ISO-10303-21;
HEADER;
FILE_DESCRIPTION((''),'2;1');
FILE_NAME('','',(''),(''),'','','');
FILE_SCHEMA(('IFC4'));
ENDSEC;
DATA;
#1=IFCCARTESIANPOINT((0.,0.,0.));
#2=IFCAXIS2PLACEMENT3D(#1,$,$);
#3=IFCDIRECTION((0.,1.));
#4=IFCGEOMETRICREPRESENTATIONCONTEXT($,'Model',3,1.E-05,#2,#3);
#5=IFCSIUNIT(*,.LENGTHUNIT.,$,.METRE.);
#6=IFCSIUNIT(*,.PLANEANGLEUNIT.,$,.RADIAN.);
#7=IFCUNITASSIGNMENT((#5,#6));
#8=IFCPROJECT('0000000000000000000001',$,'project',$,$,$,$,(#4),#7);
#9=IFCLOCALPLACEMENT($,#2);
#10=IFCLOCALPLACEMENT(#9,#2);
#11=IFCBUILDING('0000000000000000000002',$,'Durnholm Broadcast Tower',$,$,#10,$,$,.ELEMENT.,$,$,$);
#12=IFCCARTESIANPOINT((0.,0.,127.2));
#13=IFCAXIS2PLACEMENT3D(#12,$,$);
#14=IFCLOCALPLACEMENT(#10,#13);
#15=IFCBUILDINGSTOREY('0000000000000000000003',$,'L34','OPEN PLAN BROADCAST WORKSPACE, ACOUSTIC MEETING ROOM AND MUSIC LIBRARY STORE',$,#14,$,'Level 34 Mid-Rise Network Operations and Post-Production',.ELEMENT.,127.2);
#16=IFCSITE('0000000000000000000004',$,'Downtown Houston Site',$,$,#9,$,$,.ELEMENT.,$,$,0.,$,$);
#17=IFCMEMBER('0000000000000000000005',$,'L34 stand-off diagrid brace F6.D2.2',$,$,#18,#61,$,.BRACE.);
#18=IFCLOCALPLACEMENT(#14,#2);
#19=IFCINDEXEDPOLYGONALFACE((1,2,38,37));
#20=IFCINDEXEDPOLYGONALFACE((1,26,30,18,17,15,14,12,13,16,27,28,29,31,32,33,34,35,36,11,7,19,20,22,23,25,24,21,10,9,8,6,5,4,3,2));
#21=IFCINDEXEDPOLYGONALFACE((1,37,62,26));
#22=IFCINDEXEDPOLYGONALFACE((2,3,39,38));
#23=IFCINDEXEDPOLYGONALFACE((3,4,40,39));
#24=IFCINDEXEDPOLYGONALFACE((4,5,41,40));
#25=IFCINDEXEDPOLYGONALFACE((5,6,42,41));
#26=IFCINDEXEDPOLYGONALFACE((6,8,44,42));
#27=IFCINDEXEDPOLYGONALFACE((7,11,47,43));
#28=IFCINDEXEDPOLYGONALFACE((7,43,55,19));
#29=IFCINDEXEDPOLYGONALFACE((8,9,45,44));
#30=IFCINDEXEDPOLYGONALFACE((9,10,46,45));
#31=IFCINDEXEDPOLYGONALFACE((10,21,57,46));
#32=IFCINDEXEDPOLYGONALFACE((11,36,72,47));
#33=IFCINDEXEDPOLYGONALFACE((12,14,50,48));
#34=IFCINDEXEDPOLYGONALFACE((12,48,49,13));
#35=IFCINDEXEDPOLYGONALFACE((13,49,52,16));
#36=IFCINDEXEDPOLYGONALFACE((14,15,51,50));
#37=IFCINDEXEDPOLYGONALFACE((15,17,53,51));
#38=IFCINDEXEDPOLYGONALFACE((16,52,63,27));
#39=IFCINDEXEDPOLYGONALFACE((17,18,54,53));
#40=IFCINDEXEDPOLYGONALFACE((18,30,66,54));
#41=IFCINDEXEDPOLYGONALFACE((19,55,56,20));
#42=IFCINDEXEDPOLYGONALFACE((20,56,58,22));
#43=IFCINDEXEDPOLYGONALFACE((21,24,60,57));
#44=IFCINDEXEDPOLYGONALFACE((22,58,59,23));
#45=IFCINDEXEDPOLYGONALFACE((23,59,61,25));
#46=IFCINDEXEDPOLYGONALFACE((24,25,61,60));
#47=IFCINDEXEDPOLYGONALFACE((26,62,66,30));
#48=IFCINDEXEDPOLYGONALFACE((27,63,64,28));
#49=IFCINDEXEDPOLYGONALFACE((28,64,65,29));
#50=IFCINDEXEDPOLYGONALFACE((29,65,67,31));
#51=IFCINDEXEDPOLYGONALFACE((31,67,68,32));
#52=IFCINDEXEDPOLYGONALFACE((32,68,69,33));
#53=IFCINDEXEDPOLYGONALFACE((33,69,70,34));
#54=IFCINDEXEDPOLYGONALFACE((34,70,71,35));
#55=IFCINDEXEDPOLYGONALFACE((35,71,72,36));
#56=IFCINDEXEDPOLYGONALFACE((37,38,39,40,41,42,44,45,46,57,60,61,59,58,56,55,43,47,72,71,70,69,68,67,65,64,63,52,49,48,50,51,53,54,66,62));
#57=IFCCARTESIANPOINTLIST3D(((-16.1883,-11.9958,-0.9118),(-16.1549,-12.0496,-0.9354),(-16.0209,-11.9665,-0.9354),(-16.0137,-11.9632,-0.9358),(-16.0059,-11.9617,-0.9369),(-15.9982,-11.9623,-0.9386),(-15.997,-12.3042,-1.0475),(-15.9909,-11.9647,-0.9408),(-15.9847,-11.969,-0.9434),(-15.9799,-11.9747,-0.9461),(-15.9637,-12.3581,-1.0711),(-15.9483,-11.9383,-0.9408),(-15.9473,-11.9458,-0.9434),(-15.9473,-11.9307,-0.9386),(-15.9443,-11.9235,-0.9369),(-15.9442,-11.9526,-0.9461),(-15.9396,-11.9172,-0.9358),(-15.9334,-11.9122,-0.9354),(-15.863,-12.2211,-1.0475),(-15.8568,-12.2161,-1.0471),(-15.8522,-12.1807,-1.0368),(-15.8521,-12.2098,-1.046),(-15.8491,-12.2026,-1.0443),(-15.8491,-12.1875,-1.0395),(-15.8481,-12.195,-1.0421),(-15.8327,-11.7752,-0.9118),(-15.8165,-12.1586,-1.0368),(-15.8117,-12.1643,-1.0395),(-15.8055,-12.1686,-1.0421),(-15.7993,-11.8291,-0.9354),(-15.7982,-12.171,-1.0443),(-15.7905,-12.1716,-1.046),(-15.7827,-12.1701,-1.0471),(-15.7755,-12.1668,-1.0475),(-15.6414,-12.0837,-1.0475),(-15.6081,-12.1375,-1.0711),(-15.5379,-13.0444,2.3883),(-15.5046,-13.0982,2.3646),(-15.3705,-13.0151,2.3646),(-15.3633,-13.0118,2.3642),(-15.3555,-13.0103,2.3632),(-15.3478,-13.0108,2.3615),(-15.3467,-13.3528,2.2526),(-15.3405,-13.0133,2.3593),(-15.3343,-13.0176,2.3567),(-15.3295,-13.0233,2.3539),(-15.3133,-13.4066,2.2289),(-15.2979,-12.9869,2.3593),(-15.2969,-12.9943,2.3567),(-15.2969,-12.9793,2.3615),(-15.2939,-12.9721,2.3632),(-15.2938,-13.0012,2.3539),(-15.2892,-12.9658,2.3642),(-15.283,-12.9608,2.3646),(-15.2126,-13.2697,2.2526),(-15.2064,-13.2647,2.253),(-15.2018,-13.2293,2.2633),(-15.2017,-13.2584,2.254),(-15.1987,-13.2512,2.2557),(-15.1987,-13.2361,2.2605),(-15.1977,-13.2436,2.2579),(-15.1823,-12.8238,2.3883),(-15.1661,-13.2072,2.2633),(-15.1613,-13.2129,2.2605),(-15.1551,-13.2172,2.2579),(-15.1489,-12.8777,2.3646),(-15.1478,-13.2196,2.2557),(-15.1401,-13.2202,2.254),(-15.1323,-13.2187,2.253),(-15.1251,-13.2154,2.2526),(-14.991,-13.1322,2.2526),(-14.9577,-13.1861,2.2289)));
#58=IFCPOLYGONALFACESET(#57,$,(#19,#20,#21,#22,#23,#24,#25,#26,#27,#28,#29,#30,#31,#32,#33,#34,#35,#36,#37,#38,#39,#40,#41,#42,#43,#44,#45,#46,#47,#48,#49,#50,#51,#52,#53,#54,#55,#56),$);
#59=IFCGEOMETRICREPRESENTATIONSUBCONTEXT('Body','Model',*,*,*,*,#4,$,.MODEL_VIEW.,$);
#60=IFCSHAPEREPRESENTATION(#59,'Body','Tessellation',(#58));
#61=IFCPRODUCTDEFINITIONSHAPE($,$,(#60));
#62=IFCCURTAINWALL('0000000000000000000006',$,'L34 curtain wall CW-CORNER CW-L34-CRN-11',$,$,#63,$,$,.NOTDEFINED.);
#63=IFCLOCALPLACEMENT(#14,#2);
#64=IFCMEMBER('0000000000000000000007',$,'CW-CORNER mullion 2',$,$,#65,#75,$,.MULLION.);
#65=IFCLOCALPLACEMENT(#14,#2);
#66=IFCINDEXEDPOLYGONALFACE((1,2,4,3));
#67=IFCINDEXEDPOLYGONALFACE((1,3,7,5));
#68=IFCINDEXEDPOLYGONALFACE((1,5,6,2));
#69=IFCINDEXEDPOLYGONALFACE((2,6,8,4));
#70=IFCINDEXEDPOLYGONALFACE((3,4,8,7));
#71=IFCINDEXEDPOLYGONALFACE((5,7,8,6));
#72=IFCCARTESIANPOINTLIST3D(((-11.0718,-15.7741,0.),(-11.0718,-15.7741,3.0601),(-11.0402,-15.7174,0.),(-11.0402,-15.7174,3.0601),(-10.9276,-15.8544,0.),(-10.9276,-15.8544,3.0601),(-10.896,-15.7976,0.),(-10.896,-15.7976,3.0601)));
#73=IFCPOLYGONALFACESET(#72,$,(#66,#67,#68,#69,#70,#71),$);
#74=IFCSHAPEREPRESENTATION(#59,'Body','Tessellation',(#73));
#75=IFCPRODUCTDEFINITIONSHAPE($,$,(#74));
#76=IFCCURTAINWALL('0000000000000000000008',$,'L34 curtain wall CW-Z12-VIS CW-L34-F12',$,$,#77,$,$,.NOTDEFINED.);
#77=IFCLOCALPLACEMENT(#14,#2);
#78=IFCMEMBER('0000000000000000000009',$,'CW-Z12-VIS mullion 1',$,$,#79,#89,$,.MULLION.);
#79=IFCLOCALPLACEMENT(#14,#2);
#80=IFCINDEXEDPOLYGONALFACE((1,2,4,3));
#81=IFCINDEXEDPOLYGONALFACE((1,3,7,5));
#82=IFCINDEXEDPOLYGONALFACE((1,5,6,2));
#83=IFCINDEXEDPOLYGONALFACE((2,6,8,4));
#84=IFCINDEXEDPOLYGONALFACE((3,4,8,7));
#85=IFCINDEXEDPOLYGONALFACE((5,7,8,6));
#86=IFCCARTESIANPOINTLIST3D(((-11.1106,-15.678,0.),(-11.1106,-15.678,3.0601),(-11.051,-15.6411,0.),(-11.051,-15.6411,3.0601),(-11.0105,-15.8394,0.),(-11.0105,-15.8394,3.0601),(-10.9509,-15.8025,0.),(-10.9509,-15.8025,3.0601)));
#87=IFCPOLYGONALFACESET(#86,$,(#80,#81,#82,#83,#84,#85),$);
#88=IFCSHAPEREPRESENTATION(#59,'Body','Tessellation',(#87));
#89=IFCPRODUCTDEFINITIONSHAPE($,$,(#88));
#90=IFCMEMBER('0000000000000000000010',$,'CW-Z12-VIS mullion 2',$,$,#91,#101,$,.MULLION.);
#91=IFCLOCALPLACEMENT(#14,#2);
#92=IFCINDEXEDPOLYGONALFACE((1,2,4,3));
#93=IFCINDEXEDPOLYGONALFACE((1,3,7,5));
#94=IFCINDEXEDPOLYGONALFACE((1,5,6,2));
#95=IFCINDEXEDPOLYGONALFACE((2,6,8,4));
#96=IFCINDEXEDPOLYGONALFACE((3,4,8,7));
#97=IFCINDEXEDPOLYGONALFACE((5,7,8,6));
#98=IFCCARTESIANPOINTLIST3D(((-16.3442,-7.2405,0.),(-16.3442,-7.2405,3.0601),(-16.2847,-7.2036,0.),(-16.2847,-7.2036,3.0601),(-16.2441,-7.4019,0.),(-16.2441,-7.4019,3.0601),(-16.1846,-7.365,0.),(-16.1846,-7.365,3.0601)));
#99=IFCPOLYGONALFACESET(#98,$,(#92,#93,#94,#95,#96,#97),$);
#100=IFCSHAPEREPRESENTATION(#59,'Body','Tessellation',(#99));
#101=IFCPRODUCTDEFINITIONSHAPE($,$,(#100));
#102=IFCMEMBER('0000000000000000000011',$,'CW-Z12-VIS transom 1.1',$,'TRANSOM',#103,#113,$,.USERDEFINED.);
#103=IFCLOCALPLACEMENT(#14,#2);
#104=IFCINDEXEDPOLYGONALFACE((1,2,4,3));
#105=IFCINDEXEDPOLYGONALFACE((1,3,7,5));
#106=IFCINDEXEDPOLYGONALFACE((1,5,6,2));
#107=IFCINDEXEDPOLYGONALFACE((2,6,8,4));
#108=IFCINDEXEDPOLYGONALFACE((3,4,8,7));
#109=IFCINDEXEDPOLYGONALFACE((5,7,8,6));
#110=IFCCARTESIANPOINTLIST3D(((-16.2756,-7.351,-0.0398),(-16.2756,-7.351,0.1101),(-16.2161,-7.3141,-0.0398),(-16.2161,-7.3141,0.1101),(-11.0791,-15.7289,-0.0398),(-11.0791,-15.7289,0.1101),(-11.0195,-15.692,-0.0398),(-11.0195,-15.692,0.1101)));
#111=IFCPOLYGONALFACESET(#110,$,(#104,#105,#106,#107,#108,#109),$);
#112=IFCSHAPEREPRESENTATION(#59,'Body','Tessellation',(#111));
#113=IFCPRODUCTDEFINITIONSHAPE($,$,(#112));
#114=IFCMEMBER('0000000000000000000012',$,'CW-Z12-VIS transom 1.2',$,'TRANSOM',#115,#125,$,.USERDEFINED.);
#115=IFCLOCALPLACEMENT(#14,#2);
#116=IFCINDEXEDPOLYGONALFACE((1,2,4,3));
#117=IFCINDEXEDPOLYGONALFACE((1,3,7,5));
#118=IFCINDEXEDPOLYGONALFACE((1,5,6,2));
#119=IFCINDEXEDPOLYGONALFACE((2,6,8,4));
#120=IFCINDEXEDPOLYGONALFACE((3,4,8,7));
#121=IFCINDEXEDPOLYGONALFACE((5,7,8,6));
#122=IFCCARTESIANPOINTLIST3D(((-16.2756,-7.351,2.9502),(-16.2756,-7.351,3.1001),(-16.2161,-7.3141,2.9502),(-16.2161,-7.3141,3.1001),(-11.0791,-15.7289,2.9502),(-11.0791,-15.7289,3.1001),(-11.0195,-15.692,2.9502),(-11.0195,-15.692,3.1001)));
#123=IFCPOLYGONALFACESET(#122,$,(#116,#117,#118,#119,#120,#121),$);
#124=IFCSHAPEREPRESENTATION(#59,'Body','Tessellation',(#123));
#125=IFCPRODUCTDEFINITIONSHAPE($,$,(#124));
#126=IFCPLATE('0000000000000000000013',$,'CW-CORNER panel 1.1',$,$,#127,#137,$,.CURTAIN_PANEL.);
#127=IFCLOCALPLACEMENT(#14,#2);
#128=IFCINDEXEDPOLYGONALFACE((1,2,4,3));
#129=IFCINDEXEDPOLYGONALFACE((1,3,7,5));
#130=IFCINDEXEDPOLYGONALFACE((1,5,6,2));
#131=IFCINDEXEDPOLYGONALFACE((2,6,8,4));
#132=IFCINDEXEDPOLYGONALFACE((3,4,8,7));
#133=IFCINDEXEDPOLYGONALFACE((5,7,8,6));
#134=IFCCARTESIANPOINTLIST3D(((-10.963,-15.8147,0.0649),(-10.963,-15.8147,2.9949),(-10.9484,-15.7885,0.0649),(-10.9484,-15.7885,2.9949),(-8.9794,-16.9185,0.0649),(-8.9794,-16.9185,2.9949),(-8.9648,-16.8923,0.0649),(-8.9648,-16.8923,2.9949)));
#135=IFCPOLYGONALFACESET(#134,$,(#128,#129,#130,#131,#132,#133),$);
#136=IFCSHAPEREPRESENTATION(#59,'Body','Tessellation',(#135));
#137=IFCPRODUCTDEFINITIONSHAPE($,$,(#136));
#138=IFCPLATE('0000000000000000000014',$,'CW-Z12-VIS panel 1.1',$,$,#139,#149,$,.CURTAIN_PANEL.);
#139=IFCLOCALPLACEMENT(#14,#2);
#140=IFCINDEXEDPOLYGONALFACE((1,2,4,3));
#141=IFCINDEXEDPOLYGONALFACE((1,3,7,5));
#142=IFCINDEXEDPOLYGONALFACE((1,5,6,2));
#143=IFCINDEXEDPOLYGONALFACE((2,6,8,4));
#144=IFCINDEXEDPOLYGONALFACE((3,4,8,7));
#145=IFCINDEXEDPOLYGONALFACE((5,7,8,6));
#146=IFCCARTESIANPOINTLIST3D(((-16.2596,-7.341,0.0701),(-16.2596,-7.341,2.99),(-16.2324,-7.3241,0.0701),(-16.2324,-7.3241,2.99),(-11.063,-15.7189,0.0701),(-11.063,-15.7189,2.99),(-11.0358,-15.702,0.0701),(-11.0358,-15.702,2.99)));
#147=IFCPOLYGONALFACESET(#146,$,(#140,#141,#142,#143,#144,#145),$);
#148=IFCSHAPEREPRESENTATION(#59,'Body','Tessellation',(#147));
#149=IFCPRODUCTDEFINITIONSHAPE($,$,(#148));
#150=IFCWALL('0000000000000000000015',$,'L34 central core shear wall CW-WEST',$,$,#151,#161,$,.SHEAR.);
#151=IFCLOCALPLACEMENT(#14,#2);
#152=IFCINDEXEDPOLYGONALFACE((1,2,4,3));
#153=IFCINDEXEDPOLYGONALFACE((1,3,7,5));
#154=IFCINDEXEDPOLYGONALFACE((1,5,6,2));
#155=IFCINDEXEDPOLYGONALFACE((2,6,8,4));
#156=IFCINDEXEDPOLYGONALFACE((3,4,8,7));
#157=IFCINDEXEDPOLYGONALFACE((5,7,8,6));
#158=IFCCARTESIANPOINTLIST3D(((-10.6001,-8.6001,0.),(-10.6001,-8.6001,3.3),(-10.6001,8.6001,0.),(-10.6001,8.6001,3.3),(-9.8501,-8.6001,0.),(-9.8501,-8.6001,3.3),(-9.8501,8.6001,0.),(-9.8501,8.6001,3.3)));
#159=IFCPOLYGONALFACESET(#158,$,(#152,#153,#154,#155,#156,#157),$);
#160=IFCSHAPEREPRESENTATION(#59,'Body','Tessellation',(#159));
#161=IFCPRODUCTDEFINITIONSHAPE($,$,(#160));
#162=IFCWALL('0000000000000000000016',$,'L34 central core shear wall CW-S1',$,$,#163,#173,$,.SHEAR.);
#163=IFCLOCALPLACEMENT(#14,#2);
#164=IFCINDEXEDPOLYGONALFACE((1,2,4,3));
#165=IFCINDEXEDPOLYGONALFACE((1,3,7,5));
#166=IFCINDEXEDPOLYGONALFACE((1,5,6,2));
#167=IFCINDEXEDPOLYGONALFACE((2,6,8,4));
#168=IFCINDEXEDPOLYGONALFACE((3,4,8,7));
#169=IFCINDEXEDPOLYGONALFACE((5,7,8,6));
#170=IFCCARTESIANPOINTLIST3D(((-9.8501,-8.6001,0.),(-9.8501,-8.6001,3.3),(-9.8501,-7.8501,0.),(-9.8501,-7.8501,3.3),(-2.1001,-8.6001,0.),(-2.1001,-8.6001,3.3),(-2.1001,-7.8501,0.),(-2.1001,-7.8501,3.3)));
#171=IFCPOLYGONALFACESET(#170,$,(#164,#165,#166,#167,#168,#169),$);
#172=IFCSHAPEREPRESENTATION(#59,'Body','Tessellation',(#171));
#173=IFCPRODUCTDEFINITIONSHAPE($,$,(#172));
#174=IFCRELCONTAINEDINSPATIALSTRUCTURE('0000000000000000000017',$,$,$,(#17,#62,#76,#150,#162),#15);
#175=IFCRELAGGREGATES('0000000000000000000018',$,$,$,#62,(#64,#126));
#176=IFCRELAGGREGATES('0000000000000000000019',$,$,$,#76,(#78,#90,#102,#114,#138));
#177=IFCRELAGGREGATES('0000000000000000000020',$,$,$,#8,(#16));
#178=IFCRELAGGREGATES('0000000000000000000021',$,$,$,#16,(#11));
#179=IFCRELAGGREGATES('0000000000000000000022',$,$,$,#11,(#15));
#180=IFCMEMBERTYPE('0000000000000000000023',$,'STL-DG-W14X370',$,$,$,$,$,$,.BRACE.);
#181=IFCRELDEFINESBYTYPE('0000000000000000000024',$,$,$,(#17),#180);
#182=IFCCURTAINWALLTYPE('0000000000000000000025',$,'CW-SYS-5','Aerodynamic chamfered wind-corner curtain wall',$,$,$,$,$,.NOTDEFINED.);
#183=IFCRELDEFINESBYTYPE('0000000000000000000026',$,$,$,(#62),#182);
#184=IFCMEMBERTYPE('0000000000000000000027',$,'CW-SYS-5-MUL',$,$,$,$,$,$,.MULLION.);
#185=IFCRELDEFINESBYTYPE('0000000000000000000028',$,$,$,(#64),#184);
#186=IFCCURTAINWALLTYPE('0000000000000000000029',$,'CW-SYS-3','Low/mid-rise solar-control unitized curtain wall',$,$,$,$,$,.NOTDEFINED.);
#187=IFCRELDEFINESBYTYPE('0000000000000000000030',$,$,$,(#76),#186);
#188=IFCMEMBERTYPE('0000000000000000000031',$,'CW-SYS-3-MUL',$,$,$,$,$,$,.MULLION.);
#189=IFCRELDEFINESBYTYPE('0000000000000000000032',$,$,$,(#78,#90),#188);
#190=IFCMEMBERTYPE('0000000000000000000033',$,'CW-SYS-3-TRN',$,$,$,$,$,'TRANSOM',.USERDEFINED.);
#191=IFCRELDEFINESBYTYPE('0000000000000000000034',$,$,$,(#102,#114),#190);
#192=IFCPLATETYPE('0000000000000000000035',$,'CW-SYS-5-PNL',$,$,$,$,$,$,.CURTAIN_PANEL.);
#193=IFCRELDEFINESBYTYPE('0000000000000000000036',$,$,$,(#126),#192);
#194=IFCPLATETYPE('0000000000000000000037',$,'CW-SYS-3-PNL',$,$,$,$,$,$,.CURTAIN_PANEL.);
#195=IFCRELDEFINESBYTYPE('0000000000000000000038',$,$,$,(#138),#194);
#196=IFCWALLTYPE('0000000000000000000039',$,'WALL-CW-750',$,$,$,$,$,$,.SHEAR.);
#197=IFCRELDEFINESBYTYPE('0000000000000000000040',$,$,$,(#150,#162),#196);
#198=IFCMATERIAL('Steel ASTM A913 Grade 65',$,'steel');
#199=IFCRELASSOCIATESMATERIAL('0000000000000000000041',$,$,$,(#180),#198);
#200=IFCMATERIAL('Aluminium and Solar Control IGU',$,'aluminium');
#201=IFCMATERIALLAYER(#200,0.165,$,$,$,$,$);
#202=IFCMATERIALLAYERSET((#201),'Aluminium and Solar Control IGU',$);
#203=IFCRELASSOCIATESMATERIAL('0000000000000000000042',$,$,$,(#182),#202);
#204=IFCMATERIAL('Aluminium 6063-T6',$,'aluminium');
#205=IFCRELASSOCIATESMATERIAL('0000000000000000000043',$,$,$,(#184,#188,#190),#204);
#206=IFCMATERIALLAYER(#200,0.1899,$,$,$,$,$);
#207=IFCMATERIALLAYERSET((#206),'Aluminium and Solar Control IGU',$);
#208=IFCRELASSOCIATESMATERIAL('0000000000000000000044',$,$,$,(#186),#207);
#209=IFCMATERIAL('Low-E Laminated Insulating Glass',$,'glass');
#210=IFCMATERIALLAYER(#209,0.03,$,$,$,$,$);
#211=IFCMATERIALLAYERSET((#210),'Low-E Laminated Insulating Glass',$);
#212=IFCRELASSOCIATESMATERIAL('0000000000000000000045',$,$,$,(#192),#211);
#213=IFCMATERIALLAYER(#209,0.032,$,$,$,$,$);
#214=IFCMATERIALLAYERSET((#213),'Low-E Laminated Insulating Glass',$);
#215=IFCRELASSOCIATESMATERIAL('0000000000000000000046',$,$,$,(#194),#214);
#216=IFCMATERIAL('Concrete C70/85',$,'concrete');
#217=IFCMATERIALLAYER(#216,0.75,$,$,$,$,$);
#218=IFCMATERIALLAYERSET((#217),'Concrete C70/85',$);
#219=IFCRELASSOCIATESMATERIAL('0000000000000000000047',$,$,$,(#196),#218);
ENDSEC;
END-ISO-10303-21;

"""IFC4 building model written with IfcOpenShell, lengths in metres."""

from ifc_helpers import new_model, si_unit, direction, frame, frame_2d, origin, origin_2d, place, context, subcontext, project, spatial, rectangle, i_section, extrude, source, transform, mapped, material, layer, layer_set, material_profile, profile_set, type_object, type_shapes, element, aggregate, save


model = new_model("IFC4")

# Units and contexts
model_context = context("Model", 3, precision=1e-05, world=origin(), true_north=direction((0.0, 1.0)))
body_context = subcontext(model_context, "Body", "Model", "MODEL_VIEW")
ifc_project = project(units=[si_unit("LENGTHUNIT", "METRE"), si_unit("PLANEANGLEUNIT", "RADIAN")], contexts=[model_context])

# Site, building, storey
site_placement = place(None, origin())
site = spatial("IfcSite", under=ifc_project, at=site_placement, Name="Downtown Houston Site", CompositionType="ELEMENT", RefElevation=0.0)
building_placement = place(site_placement, origin())
building = spatial("IfcBuilding", under=site, at=building_placement, Name="Durnholm Broadcast Tower", CompositionType="ELEMENT")
storey_placement = place(building_placement, frame((0.0, 0.0, 127.2)))
storey = spatial("IfcBuildingStorey", under=building, at=storey_placement, Name="L34", Description="OPEN PLAN BROADCAST WORKSPACE, ACOUSTIC MEETING ROOM AND MUSIC LIBRARY STORE", LongName="Level 34 Mid-Rise Network Operations and Post-Production", CompositionType="ELEMENT", Elevation=127.2)

# Shared definitions
ifc_material_1 = material(Name="Concrete C70/85", Category="concrete")

# Member
ifc_material_2 = material(Name="Steel ASTM A913 Grade 65", Category="steel")
ifc_material_profile_1 = material_profile(ifc_material_2, i_section(OverallWidth=0.4185, OverallDepth=0.4551, WebThickness=0.042, FlangeThickness=0.0676, FilletRadius=0.0305, at=origin_2d()), Name="W14X370")
ifc_profile_set_1 = profile_set([ifc_material_profile_1], Name="Steel ASTM A913 Grade 65")
member_type_1 = type_object("IfcMemberType", Name="STL-DG-W14X370", PredefinedType="BRACE", material=ifc_profile_set_1)
shared_shape_1 = source(origin(), body_context, "Body", "SweptSolid", [
    extrude(i_section(OverallWidth=0.4185, OverallDepth=0.4551, WebThickness=0.042, FlangeThickness=0.0676, FilletRadius=0.0305, at=origin_2d()), origin(), (0.0, 0.0, 1.0), 3.5232),
])
type_shapes(member_type_1, [shared_shape_1])
for number, where, z_axis, x_axis, name in (
    (1, (-15.8982, -12.0667, -0.9915), (0.184603, -0.297624, 0.936665), (0.849805, 0.527097, 0.0), "L34 stand-off diagrid brace F6.D2.2"),
):
    element("IfcMember", number, at=place(storey_placement, frame(where, z_axis=z_axis, x_axis=x_axis)), inside=storey, type_object=member_type_1, Name=name, PredefinedType="BRACE", context=body_context, shape_type="MappedRepresentation", body=[
        mapped(shared_shape_1, transform((0.0, 0.0, 0.0), x_axis=(1.0, 0.0, 0.0), y_axis=(0.0, 1.0, 0.0), z_axis=(0.0, 0.0, 1.0), scale=1.0)),
    ])

# Curtain wall, member
ifc_material_3 = material(Name="Aluminium and Solar Control IGU", Category="aluminium")
ifc_layer_1 = layer(ifc_material_3, 0.165)
ifc_layer_set_1 = layer_set([ifc_layer_1], Name="Aluminium and Solar Control IGU")
curtain_wall_type_1 = type_object("IfcCurtainWallType", Name="CW-SYS-5", Description="Aerodynamic chamfered wind-corner curtain wall", PredefinedType="NOTDEFINED", material=ifc_layer_set_1)
curtain_wall_1_placement = place(storey_placement, origin())
curtain_wall_1 = element("IfcCurtainWall", 2, at=curtain_wall_1_placement, inside=storey, type_object=curtain_wall_type_1, Name="L34 curtain wall CW-CORNER CW-L34-CRN-11", PredefinedType="NOTDEFINED")
ifc_material_4 = material(Name="Aluminium 6063-T6", Category="aluminium")
ifc_material_profile_2 = material_profile(ifc_material_4, rectangle(XDim=0.0649, YDim=0.165, at=origin_2d()), Name="CWM65X165")
ifc_profile_set_2 = profile_set([ifc_material_profile_2], Name="Aluminium 6063-T6")
member_type_2 = type_object("IfcMemberType", Name="CW-SYS-5-MUL", PredefinedType="MULLION", material=ifc_profile_set_2)
shared_shape_2 = source(origin(), body_context, "Body", "SweptSolid", [
    extrude(rectangle(XDim=0.0649, YDim=0.165, at=origin_2d()), origin(), (0.0, 0.0, 1.0), 3.0601),
])
type_shapes(member_type_2, [shared_shape_2])
member_1_placement = place(storey_placement, frame((-10.9839, -15.7859, 0.0), z_axis=(0.0, 0.0, 1.0), x_axis=(-0.486244, -0.873823, 0.0)))
member_1 = element("IfcMember", 3, at=member_1_placement, type_object=member_type_2, Name="CW-CORNER mullion 2", PredefinedType="MULLION", context=body_context, shape_type="MappedRepresentation", body=[
    mapped(shared_shape_2, transform((0.0, 0.0, 0.0), x_axis=(1.0, 0.0, 0.0), y_axis=(0.0, 1.0, 0.0), z_axis=(0.0, 0.0, 1.0), scale=1.0)),
])

# Curtain wall, members
ifc_layer_2 = layer(ifc_material_3, 0.1899)
ifc_layer_set_2 = layer_set([ifc_layer_2], Name="Aluminium and Solar Control IGU")
curtain_wall_type_2 = type_object("IfcCurtainWallType", Name="CW-SYS-3", Description="Low/mid-rise solar-control unitized curtain wall", PredefinedType="NOTDEFINED", material=ifc_layer_set_2)
curtain_wall_2_placement = place(storey_placement, origin())
curtain_wall_2 = element("IfcCurtainWall", 4, at=curtain_wall_2_placement, inside=storey, type_object=curtain_wall_type_2, Name="L34 curtain wall CW-Z12-VIS CW-L34-F12", PredefinedType="NOTDEFINED")
ifc_material_profile_3 = material_profile(ifc_material_4, rectangle(XDim=0.0701, YDim=0.1899, at=origin_2d()), Name="CWM70X190")
ifc_profile_set_3 = profile_set([ifc_material_profile_3], Name="Aluminium 6063-T6")
member_type_3 = type_object("IfcMemberType", Name="CW-SYS-3-MUL", PredefinedType="MULLION", material=ifc_profile_set_3)
shared_shape_3 = source(origin(), body_context, "Body", "SweptSolid", [
    extrude(rectangle(XDim=0.0701, YDim=0.1899, at=origin_2d()), origin(), (0.0, 0.0, 1.0), 3.0601),
])
type_shapes(member_type_3, [shared_shape_3])
member_2_placement = place(storey_placement, frame((-11.0308, -15.7402, 0.0), z_axis=(0.0, 0.0, 1.0), x_axis=(-0.8498, -0.527105, 0.0)))
member_2 = element("IfcMember", 5, at=member_2_placement, type_object=member_type_3, Name="CW-Z12-VIS mullion 1", PredefinedType="MULLION", context=body_context, shape_type="MappedRepresentation", body=[
    mapped(shared_shape_3, transform((0.0, 0.0, 0.0), x_axis=(1.0, 0.0, 0.0), y_axis=(0.0, 1.0, 0.0), z_axis=(0.0, 0.0, 1.0), scale=1.0)),
])
member_3_placement = place(storey_placement, frame((-16.2644, -7.3027, 0.0), z_axis=(0.0, 0.0, 1.0), x_axis=(-0.8498, -0.527105, 0.0)))
member_3 = element("IfcMember", 6, at=member_3_placement, type_object=member_type_3, Name="CW-Z12-VIS mullion 2", PredefinedType="MULLION", context=body_context, shape_type="MappedRepresentation", body=[
    mapped(shared_shape_3, transform((0.0, 0.0, 0.0), x_axis=(1.0, 0.0, 0.0), y_axis=(0.0, 1.0, 0.0), z_axis=(0.0, 0.0, 1.0), scale=1.0)),
])
ifc_material_profile_4 = material_profile(ifc_material_4, rectangle(XDim=0.0701, YDim=0.1499, at=origin_2d()), Name="CWT70X150")
ifc_profile_set_4 = profile_set([ifc_material_profile_4], Name="Aluminium 6063-T6")
member_type_4 = type_object("IfcMemberType", Name="CW-SYS-3-TRN", ElementType="TRANSOM", PredefinedType="USERDEFINED", material=ifc_profile_set_4)
shared_shape_4 = source(origin(), body_context, "Body", "SweptSolid", [
    extrude(rectangle(XDim=0.0701, YDim=0.1499, at=origin_2d()), origin(), (0.0, 0.0, 1.0), 9.8586),
])
type_shapes(member_type_4, [shared_shape_4])
member_4_placement = place(storey_placement, frame((-11.0493, -15.7104, 0.0352), z_axis=(-0.527102, 0.849802, 0.0), x_axis=(-0.849802, -0.527102, 0.0)))
member_4 = element("IfcMember", 7, at=member_4_placement, type_object=member_type_4, Name="CW-Z12-VIS transom 1.1", ObjectType="TRANSOM", PredefinedType="USERDEFINED", context=body_context, shape_type="MappedRepresentation", body=[
    mapped(shared_shape_4, transform((0.0, 0.0, 0.0), x_axis=(1.0, 0.0, 0.0), y_axis=(0.0, 1.0, 0.0), z_axis=(0.0, 0.0, 1.0), scale=1.0)),
])
member_5_placement = place(storey_placement, frame((-11.0493, -15.7104, 3.0251), z_axis=(-0.527102, 0.849802, 0.0), x_axis=(-0.849802, -0.527102, 0.0)))
member_5 = element("IfcMember", 8, at=member_5_placement, type_object=member_type_4, Name="CW-Z12-VIS transom 1.2", ObjectType="TRANSOM", PredefinedType="USERDEFINED", context=body_context, shape_type="MappedRepresentation", body=[
    mapped(shared_shape_4, transform((0.0, 0.0, 0.0), x_axis=(1.0, 0.0, 0.0), y_axis=(0.0, 1.0, 0.0), z_axis=(0.0, 0.0, 1.0), scale=1.0)),
])

# Plates
ifc_material_5 = material(Name="Low-E Laminated Insulating Glass", Category="glass")
ifc_layer_3 = layer(ifc_material_5, 0.03)
ifc_layer_set_3 = layer_set([ifc_layer_3], Name="Low-E Laminated Insulating Glass")
plate_type_1 = type_object("IfcPlateType", Name="CW-SYS-5-PNL", PredefinedType="CURTAIN_PANEL", material=ifc_layer_set_3)
shared_shape_5 = source(origin(), body_context, "Body", "SweptSolid", [
    extrude(rectangle(XDim=2.27, YDim=0.03, at=origin_2d()), origin(), (0.0, 0.0, 1.0), 2.9299),
])
type_shapes(plate_type_1, [shared_shape_5])
plate_1_placement = place(storey_placement, frame((-9.9639, -16.3535, 0.0649), z_axis=(0.0, 0.0, 1.0), x_axis=(-0.873823, 0.486244, 0.0)))
plate_1 = element("IfcPlate", 9, at=plate_1_placement, type_object=plate_type_1, Name="CW-CORNER panel 1.1", PredefinedType="CURTAIN_PANEL", context=body_context, shape_type="MappedRepresentation", body=[
    mapped(shared_shape_5, transform((0.0, 0.0, 0.0), x_axis=(1.0, 0.0, 0.0), y_axis=(0.0, 1.0, 0.0), z_axis=(0.0, 0.0, 1.0), scale=1.0)),
])
aggregate(curtain_wall_1, [member_1, plate_1])
ifc_layer_4 = layer(ifc_material_5, 0.032)
ifc_layer_set_4 = layer_set([ifc_layer_4], Name="Low-E Laminated Insulating Glass")
plate_type_2 = type_object("IfcPlateType", Name="CW-SYS-3-PNL", PredefinedType="CURTAIN_PANEL", material=ifc_layer_set_4)
shared_shape_6 = source(origin(), body_context, "Body", "SweptSolid", [
    extrude(rectangle(XDim=9.8586, YDim=0.032, at=origin_2d()), origin(), (0.0, 0.0, 1.0), 2.9199),
])
type_shapes(plate_type_2, [shared_shape_6])
plate_2_placement = place(storey_placement, frame((-13.6477, -11.5215, 0.0701), z_axis=(0.0, 0.0, 1.0), x_axis=(-0.527105, 0.8498, 0.0)))
plate_2 = element("IfcPlate", 10, at=plate_2_placement, type_object=plate_type_2, Name="CW-Z12-VIS panel 1.1", PredefinedType="CURTAIN_PANEL", context=body_context, shape_type="MappedRepresentation", body=[
    mapped(shared_shape_6, transform((0.0, 0.0, 0.0), x_axis=(1.0, 0.0, 0.0), y_axis=(0.0, 1.0, 0.0), z_axis=(0.0, 0.0, 1.0), scale=1.0)),
])
aggregate(curtain_wall_2, [member_2, member_3, member_4, member_5, plate_2])

# Walls
ifc_layer_5 = layer(ifc_material_1, 0.75)
ifc_layer_set_5 = layer_set([ifc_layer_5], Name="Concrete C70/85")
wall_type_1 = type_object("IfcWallType", Name="WALL-CW-750", PredefinedType="SHEAR", material=ifc_layer_set_5)
wall_1_placement = place(storey_placement, frame((-10.2251, -8.6001, 0.0), z_axis=(0.0, 0.0, 1.0), x_axis=(0.0, 1.0, 0.0)))
element("IfcWall", 11, at=wall_1_placement, inside=storey, type_object=wall_type_1, Name="L34 central core shear wall CW-WEST", PredefinedType="SHEAR", context=body_context, shape_type="SweptSolid", body=[
    extrude(rectangle(XDim=17.2002, YDim=0.75, at=frame_2d((8.6001, 0.0))), origin(), (0.0, 0.0, 1.0), 3.3),
])
wall_2_placement = place(storey_placement, frame((-9.8501, -8.2251, 0.0), z_axis=(0.0, 0.0, 1.0), x_axis=(1.0, 0.0, 0.0)))
element("IfcWall", 12, at=wall_2_placement, inside=storey, type_object=wall_type_1, Name="L34 central core shear wall CW-S1", PredefinedType="SHEAR", context=body_context, shape_type="SweptSolid", body=[
    extrude(rectangle(XDim=7.75, YDim=0.75, at=frame_2d((3.875, 0.0))), origin(), (0.0, 0.0, 1.0), 3.3),
])

save(model, "model.ifc")
